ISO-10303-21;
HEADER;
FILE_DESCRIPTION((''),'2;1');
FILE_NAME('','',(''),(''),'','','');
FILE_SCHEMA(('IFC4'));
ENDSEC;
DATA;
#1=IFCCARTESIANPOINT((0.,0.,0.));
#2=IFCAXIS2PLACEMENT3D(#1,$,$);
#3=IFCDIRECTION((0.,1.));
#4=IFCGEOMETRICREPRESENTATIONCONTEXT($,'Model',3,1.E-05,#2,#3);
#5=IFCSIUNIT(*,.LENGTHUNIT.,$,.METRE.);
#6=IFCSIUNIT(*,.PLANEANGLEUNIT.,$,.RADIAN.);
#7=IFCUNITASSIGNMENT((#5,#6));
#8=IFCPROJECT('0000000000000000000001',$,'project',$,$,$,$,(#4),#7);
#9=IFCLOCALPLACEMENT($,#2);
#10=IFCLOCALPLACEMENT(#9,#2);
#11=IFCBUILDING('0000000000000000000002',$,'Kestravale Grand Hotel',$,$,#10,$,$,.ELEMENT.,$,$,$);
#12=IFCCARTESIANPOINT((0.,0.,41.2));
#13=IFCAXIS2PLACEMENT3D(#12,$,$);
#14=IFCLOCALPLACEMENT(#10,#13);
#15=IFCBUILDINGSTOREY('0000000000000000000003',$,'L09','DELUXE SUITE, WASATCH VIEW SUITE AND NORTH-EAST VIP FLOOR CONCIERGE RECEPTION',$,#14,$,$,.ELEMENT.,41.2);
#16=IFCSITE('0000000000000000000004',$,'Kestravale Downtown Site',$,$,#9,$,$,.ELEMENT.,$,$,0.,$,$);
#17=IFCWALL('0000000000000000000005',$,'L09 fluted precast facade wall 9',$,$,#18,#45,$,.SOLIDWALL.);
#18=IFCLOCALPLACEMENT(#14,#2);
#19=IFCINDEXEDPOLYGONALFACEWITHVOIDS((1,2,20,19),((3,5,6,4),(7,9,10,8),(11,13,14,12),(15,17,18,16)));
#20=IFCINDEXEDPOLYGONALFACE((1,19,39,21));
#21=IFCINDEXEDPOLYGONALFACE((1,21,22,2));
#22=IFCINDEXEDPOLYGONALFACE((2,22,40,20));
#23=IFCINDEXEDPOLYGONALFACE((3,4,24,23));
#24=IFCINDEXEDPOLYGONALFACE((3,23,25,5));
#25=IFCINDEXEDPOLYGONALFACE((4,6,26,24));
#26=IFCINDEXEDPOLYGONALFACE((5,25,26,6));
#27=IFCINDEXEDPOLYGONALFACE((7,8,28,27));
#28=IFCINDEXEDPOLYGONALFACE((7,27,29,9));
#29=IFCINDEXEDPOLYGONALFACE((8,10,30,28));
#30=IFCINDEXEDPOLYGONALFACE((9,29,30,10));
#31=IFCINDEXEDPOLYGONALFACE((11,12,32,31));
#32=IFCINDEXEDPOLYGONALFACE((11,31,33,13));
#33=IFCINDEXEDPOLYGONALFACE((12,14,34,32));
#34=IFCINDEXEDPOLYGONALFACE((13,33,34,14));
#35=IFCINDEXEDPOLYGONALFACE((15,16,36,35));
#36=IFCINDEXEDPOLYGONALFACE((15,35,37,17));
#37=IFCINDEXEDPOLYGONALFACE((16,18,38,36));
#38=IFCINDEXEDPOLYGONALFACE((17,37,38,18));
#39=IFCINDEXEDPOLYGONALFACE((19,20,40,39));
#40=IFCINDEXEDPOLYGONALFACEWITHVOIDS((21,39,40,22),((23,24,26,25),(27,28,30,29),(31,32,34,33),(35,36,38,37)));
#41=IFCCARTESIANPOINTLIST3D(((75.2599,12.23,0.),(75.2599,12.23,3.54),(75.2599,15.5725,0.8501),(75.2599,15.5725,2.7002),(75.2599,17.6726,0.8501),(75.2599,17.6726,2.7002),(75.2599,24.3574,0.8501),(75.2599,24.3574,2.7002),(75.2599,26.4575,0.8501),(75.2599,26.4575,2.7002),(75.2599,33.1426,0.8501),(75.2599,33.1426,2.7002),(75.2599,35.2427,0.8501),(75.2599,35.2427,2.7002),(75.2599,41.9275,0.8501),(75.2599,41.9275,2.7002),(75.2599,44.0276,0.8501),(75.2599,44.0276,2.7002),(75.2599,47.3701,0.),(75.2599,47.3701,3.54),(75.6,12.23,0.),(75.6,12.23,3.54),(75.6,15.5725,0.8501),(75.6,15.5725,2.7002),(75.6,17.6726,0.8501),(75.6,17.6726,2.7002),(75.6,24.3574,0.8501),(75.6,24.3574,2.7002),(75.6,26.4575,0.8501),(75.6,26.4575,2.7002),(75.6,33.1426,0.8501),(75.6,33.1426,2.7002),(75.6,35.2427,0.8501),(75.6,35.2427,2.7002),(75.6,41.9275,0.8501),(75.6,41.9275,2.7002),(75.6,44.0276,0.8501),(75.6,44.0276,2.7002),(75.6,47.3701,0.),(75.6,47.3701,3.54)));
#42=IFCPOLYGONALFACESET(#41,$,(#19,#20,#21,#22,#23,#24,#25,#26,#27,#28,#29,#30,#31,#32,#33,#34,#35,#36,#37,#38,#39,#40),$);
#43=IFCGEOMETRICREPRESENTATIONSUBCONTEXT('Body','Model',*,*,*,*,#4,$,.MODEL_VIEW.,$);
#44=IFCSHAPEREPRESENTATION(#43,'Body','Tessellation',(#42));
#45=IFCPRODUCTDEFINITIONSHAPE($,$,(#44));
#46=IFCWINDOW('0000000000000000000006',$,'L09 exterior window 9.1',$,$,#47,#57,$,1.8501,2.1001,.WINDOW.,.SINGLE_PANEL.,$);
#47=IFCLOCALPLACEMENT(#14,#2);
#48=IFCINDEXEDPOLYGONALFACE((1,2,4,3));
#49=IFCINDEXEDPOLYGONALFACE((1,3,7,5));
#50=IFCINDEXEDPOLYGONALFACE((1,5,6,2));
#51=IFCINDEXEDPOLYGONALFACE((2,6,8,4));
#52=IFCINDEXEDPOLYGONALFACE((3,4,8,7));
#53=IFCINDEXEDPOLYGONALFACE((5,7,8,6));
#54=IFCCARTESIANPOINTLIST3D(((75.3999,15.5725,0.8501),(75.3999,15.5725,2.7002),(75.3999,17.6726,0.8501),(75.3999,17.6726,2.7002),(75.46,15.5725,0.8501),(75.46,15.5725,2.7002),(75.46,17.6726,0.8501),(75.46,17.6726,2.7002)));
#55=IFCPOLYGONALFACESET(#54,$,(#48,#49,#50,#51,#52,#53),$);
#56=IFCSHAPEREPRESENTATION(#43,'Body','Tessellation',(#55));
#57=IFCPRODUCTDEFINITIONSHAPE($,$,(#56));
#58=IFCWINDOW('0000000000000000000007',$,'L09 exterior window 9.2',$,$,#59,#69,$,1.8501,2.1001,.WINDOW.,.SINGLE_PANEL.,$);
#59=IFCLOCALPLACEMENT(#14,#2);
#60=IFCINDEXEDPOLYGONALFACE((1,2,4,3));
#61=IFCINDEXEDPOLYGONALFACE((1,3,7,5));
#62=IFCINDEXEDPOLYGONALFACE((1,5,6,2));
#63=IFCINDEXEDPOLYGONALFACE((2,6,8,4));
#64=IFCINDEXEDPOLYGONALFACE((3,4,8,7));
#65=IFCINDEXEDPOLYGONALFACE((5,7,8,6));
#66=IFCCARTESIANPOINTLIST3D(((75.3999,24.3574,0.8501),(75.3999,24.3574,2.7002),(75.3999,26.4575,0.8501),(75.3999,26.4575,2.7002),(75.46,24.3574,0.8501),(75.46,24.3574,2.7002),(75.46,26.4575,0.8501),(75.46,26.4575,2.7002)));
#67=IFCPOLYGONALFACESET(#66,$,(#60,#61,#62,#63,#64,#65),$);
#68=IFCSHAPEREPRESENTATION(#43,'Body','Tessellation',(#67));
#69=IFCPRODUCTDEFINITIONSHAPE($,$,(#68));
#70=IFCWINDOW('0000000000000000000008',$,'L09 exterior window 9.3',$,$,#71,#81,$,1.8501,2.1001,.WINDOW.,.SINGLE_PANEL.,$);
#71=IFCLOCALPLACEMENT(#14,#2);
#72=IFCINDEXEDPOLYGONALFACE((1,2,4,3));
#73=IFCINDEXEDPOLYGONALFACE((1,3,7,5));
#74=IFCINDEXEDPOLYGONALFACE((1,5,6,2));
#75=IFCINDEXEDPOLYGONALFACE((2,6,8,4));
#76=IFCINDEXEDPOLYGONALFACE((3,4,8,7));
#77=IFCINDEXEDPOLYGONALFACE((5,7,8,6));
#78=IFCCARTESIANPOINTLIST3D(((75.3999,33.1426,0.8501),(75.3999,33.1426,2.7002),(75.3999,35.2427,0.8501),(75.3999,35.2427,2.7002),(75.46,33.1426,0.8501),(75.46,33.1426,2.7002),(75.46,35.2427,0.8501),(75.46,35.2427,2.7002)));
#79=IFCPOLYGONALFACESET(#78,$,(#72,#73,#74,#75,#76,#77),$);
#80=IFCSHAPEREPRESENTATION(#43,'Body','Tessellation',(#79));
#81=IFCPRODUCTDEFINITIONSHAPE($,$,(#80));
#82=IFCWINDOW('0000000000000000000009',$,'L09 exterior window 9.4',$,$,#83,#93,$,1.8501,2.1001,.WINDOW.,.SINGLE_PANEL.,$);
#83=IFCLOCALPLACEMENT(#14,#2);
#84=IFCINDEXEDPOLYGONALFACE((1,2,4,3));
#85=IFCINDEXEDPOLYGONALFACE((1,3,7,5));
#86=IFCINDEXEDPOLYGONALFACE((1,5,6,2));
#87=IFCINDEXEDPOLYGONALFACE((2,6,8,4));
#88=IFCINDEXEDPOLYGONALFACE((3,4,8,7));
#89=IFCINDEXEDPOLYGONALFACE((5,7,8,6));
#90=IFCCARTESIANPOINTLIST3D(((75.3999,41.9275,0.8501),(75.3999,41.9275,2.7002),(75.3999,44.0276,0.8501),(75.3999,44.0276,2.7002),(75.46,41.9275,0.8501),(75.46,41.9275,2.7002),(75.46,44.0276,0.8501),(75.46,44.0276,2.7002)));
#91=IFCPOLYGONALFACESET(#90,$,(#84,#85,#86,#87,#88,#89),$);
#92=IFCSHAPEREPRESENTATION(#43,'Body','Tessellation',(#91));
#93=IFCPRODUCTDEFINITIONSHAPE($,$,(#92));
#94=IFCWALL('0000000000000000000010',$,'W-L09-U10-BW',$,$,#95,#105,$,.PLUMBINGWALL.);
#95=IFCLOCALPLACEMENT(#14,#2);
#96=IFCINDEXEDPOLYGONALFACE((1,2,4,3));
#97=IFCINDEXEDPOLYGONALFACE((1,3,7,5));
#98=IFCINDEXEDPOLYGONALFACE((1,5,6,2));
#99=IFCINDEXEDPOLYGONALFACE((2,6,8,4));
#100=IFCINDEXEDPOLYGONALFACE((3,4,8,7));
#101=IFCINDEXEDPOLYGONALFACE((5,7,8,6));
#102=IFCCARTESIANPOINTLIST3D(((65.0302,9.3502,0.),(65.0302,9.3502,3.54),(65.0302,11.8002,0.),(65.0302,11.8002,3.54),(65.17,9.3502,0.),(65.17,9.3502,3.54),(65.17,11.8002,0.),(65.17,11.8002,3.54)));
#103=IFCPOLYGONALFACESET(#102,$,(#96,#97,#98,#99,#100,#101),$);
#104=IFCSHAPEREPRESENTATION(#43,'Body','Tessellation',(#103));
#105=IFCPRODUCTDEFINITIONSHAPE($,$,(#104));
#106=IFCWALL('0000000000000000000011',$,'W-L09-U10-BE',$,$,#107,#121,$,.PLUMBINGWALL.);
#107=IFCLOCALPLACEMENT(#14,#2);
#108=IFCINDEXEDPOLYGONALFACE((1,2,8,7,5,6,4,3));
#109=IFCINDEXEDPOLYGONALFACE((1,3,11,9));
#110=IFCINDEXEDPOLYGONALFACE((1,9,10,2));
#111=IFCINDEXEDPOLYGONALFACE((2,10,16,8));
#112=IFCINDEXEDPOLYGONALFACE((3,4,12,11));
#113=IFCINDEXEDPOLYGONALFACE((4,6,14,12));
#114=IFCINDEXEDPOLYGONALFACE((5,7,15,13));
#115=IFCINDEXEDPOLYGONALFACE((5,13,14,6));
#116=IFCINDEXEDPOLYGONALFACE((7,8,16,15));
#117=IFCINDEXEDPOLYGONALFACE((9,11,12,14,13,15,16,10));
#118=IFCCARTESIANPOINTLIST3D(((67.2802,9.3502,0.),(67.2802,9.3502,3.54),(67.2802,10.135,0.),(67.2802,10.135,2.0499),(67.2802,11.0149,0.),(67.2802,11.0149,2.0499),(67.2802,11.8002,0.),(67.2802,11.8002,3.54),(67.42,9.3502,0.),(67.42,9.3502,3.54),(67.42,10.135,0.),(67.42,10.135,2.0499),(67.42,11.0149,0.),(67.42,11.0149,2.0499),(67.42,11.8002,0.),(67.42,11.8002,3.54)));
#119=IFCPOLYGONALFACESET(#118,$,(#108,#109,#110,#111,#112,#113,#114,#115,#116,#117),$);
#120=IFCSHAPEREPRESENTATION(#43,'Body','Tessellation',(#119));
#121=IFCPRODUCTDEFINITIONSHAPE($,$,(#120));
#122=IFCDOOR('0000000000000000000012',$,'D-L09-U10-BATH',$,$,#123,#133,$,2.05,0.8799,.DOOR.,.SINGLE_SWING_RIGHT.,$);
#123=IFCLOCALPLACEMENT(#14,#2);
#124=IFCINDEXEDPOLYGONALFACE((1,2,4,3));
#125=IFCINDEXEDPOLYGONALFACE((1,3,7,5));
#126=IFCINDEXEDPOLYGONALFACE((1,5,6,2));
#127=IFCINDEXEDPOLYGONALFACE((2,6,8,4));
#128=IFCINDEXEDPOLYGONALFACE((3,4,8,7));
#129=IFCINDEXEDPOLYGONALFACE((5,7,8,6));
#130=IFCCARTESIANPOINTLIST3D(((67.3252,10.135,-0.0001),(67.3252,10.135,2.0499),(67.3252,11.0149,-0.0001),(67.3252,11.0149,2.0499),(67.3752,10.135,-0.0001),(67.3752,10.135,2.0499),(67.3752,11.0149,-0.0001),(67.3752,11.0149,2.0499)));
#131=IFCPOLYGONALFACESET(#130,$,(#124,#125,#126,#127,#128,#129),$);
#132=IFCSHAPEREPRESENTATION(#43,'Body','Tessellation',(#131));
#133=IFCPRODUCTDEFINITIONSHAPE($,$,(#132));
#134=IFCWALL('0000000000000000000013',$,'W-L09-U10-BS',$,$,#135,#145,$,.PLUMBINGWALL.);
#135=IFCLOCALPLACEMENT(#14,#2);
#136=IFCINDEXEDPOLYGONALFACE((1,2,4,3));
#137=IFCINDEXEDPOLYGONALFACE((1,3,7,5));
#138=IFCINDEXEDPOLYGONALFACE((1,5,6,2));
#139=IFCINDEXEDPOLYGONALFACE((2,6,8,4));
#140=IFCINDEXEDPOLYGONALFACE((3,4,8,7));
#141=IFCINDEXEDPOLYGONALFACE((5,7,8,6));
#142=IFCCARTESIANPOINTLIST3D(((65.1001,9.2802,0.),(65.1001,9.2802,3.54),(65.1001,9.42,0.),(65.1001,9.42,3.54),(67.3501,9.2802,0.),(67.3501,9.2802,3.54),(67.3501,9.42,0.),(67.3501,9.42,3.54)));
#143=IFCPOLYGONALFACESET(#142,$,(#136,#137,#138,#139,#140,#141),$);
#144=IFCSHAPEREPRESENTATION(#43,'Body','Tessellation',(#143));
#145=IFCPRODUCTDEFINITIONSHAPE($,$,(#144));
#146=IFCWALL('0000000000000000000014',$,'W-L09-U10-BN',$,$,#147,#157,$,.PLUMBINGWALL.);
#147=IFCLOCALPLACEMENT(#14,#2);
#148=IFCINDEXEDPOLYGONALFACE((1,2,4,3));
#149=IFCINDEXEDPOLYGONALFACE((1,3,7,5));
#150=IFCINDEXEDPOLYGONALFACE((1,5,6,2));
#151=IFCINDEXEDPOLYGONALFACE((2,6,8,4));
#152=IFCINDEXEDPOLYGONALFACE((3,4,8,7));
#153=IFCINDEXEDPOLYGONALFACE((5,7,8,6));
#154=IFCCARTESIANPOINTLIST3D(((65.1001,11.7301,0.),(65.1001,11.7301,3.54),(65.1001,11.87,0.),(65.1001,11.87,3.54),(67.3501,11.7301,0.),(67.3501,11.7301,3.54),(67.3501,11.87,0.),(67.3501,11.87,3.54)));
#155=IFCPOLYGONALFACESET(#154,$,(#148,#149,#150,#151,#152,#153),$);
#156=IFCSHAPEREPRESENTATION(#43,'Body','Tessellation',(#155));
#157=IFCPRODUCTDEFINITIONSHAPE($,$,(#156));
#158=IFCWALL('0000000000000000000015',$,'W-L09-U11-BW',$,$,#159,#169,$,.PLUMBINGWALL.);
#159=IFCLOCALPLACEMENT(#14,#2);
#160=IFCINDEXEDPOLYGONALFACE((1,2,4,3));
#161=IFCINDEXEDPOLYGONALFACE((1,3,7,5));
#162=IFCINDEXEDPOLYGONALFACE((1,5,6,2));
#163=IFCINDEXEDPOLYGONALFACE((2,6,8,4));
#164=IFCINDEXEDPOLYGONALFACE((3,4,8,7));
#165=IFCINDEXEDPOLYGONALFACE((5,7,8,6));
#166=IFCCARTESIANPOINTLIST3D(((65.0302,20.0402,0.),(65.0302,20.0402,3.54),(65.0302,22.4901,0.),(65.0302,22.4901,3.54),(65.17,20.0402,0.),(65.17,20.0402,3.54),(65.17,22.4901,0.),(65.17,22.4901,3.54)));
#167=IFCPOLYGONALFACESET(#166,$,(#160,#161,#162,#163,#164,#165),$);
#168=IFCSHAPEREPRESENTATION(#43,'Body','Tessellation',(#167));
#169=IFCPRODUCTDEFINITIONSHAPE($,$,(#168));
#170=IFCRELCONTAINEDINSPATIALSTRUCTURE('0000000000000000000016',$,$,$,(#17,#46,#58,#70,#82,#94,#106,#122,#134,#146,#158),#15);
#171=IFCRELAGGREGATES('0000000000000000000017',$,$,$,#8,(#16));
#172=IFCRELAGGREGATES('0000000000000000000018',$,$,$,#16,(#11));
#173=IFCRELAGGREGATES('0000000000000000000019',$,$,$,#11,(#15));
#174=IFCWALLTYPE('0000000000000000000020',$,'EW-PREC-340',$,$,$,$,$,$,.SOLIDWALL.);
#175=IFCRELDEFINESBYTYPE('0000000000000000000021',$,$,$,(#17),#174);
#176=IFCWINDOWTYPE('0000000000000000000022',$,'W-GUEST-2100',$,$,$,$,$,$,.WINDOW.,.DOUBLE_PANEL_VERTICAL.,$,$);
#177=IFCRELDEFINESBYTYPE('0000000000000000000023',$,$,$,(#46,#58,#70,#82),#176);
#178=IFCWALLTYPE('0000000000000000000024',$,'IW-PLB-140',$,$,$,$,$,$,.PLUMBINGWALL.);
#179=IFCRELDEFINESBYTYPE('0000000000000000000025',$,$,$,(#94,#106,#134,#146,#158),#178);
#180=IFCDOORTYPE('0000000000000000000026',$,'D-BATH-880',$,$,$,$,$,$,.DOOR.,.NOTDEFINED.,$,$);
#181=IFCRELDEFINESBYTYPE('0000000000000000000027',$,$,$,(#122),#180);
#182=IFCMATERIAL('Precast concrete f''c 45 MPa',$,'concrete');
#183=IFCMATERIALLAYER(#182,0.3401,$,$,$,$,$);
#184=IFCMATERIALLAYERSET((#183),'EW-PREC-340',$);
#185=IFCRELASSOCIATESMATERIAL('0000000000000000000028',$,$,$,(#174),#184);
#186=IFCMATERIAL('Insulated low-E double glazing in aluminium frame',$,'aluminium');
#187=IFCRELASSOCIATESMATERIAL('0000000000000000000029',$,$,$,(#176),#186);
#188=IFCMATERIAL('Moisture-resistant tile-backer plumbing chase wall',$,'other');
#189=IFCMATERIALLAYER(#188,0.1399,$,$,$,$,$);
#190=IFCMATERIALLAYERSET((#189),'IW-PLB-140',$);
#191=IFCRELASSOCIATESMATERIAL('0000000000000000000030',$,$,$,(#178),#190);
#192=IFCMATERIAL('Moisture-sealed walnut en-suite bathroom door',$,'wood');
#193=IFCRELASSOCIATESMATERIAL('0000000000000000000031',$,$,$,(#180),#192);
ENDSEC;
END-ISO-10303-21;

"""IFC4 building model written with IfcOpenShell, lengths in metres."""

from ifc_helpers import new_model, si_unit, direction, frame, frame_2d, origin, place, context, subcontext, project, spatial, rectangle, extrude, material, layer, layer_set, type_object, element, fill, save


model = new_model("IFC4")

# Units and contexts
model_context = context("Model", 3, precision=1e-05, world=origin(), true_north=direction((0.0, 1.0)))
body_context = subcontext(model_context, "Body", "Model", "MODEL_VIEW")
ifc_project = project(units=[si_unit("LENGTHUNIT", "METRE"), si_unit("PLANEANGLEUNIT", "RADIAN")], contexts=[model_context])

# Site, building, storey
site_placement = place(None, origin())
site = spatial("IfcSite", under=ifc_project, at=site_placement, Name="Kestravale Downtown Site", CompositionType="ELEMENT", RefElevation=0.0)
building_placement = place(site_placement, origin())
building = spatial("IfcBuilding", under=site, at=building_placement, Name="Kestravale Grand Hotel", CompositionType="ELEMENT")
storey_placement = place(building_placement, frame((0.0, 0.0, 41.2)))
storey = spatial("IfcBuildingStorey", under=building, at=storey_placement, Name="L09", Description="DELUXE SUITE, WASATCH VIEW SUITE AND NORTH-EAST VIP FLOOR CONCIERGE RECEPTION", CompositionType="ELEMENT", Elevation=41.2)

# Shared definitions
ifc_material_1 = material(Name="Precast concrete f'c 45 MPa", Category="concrete")
ifc_layer_1 = layer(ifc_material_1, 0.3401)
ifc_layer_set_1 = layer_set([ifc_layer_1], Name="EW-PREC-340")
wall_type_1 = type_object("IfcWallType", Name="EW-PREC-340", PredefinedType="SOLIDWALL", material=ifc_layer_set_1)
ifc_material_2 = material(Name="Insulated low-E double glazing in aluminium frame", Category="aluminium")
window_type = type_object("IfcWindowType", Name="W-GUEST-2100", PartitioningType="DOUBLE_PANEL_VERTICAL", PredefinedType="WINDOW", material=ifc_material_2)

# Wall, openings, windows
wall_1_placement = place(storey_placement, frame((75.4299, 12.23, 0.0), z_axis=(0.0, 0.0, 1.0), x_axis=(0.0, 1.0, 0.0)))
wall_1 = element("IfcWall", 1, at=wall_1_placement, inside=storey, type_object=wall_type_1, Name="L09 fluted precast facade wall 9", PredefinedType="SOLIDWALL", context=body_context, shape_type="SweptSolid", body=[
    extrude(rectangle(XDim=35.1401, YDim=0.3401, at=frame_2d((17.5701, 0.0))), origin(), (0.0, 0.0, 1.0), 3.54),
])
opening_1_placement = place(wall_1_placement, frame((3.3425, 0.0, 0.8501)))
opening_1 = element("IfcOpeningElement", 2, at=opening_1_placement, cuts=wall_1, PredefinedType="OPENING", context=body_context, shape_type="SweptSolid", body=[
    extrude(rectangle(XDim=2.1001, YDim=1.8501, at=frame_2d((1.05, 0.925))), frame((0.0, 0.1799, 0.0), z_axis=(0.0, -1.0, 0.0), x_axis=(1.0, 0.0, 0.0)), (0.0, 0.0, 1.0), 0.3601),
])
opening_2_placement = place(wall_1_placement, frame((12.1274, 0.0, 0.8501)))
opening_2 = element("IfcOpeningElement", 3, at=opening_2_placement, cuts=wall_1, PredefinedType="OPENING", context=body_context, shape_type="SweptSolid", body=[
    extrude(rectangle(XDim=2.1001, YDim=1.8501, at=frame_2d((1.05, 0.925))), frame((0.0, 0.1799, 0.0), z_axis=(0.0, -1.0, 0.0), x_axis=(1.0, 0.0, 0.0)), (0.0, 0.0, 1.0), 0.3601),
])
opening_3_placement = place(wall_1_placement, frame((20.9126, 0.0, 0.8501)))
opening_3 = element("IfcOpeningElement", 4, at=opening_3_placement, cuts=wall_1, PredefinedType="OPENING", context=body_context, shape_type="SweptSolid", body=[
    extrude(rectangle(XDim=2.1001, YDim=1.8501, at=frame_2d((1.05, 0.925))), frame((0.0, 0.1799, 0.0), z_axis=(0.0, -1.0, 0.0), x_axis=(1.0, 0.0, 0.0)), (0.0, 0.0, 1.0), 0.3601),
])
opening_4_placement = place(wall_1_placement, frame((29.6975, 0.0, 0.8501)))
opening_4 = element("IfcOpeningElement", 5, at=opening_4_placement, cuts=wall_1, PredefinedType="OPENING", context=body_context, shape_type="SweptSolid", body=[
    extrude(rectangle(XDim=2.1001, YDim=1.8501, at=frame_2d((1.05, 0.925))), frame((0.0, 0.1799, 0.0), z_axis=(0.0, -1.0, 0.0), x_axis=(1.0, 0.0, 0.0)), (0.0, 0.0, 1.0), 0.3601),
])
window_1_placement = place(opening_1_placement, origin())
window_1 = element("IfcWindow", 6, at=window_1_placement, inside=storey, type_object=window_type, Name="L09 exterior window 9.1", OverallHeight=1.8501, OverallWidth=2.1001, PartitioningType="SINGLE_PANEL", PredefinedType="WINDOW", context=body_context, shape_type="SweptSolid", body=[
    extrude(rectangle(XDim=2.1001, YDim=1.8501, at=frame_2d((1.05, 0.925))), frame((0.0, 0.03, 0.0), z_axis=(0.0, -1.0, 0.0), x_axis=(1.0, 0.0, 0.0)), (0.0, 0.0, 1.0), 0.0601),
])
fill(opening_1, window_1)
window_2_placement = place(opening_2_placement, origin())
window_2 = element("IfcWindow", 7, at=window_2_placement, inside=storey, type_object=window_type, Name="L09 exterior window 9.2", OverallHeight=1.8501, OverallWidth=2.1001, PartitioningType="SINGLE_PANEL", PredefinedType="WINDOW", context=body_context, shape_type="SweptSolid", body=[
    extrude(rectangle(XDim=2.1001, YDim=1.8501, at=frame_2d((1.05, 0.925))), frame((0.0, 0.03, 0.0), z_axis=(0.0, -1.0, 0.0), x_axis=(1.0, 0.0, 0.0)), (0.0, 0.0, 1.0), 0.0601),
])
fill(opening_2, window_2)
window_3_placement = place(opening_3_placement, origin())
window_3 = element("IfcWindow", 8, at=window_3_placement, inside=storey, type_object=window_type, Name="L09 exterior window 9.3", OverallHeight=1.8501, OverallWidth=2.1001, PartitioningType="SINGLE_PANEL", PredefinedType="WINDOW", context=body_context, shape_type="SweptSolid", body=[
    extrude(rectangle(XDim=2.1001, YDim=1.8501, at=frame_2d((1.05, 0.925))), frame((0.0, 0.03, 0.0), z_axis=(0.0, -1.0, 0.0), x_axis=(1.0, 0.0, 0.0)), (0.0, 0.0, 1.0), 0.0601),
])
fill(opening_3, window_3)
window_4_placement = place(opening_4_placement, origin())
window_4 = element("IfcWindow", 9, at=window_4_placement, inside=storey, type_object=window_type, Name="L09 exterior window 9.4", OverallHeight=1.8501, OverallWidth=2.1001, PartitioningType="SINGLE_PANEL", PredefinedType="WINDOW", context=body_context, shape_type="SweptSolid", body=[
    extrude(rectangle(XDim=2.1001, YDim=1.8501, at=frame_2d((1.05, 0.925))), frame((0.0, 0.03, 0.0), z_axis=(0.0, -1.0, 0.0), x_axis=(1.0, 0.0, 0.0)), (0.0, 0.0, 1.0), 0.0601),
])
fill(opening_4, window_4)

# Wall
ifc_material_3 = material(Name="Moisture-resistant tile-backer plumbing chase wall", Category="other")
ifc_layer_2 = layer(ifc_material_3, 0.1399)
ifc_layer_set_2 = layer_set([ifc_layer_2], Name="IW-PLB-140")
wall_type_2 = type_object("IfcWallType", Name="IW-PLB-140", PredefinedType="PLUMBINGWALL", material=ifc_layer_set_2)
wall_2_placement = place(storey_placement, frame((65.1001, 9.3501, 0.0), z_axis=(0.0, 0.0, 1.0), x_axis=(0.0, 1.0, 0.0)))
element("IfcWall", 10, at=wall_2_placement, inside=storey, type_object=wall_type_2, Name="W-L09-U10-BW", PredefinedType="PLUMBINGWALL", context=body_context, shape_type="SweptSolid", body=[
    extrude(rectangle(XDim=2.45, YDim=0.1399, at=frame_2d((1.2251, 0.0))), origin(), (0.0, 0.0, 1.0), 3.54),
])

# Wall, opening, door
wall_3_placement = place(storey_placement, frame((67.3501, 9.3501, 0.0), z_axis=(0.0, 0.0, 1.0), x_axis=(0.0, 1.0, 0.0)))
wall_3 = element("IfcWall", 11, at=wall_3_placement, inside=storey, type_object=wall_type_2, Name="W-L09-U10-BE", PredefinedType="PLUMBINGWALL", context=body_context, shape_type="SweptSolid", body=[
    extrude(rectangle(XDim=2.45, YDim=0.1399, at=frame_2d((1.2251, 0.0))), origin(), (0.0, 0.0, 1.0), 3.54),
])
opening_5_placement = place(wall_3_placement, frame((0.7849, 0.0, 0.0)))
opening_5 = element("IfcOpeningElement", 12, at=opening_5_placement, cuts=wall_3, PredefinedType="OPENING", context=body_context, shape_type="SweptSolid", body=[
    extrude(rectangle(XDim=0.8799, YDim=2.05, at=frame_2d((0.4399, 1.0249))), frame((0.0, 0.0798, 0.0), z_axis=(0.0, -1.0, 0.0), x_axis=(1.0, 0.0, 0.0)), (0.0, 0.0, 1.0), 0.1599),
])
ifc_material_4 = material(Name="Moisture-sealed walnut en-suite bathroom door", Category="wood")
door_type = type_object("IfcDoorType", Name="D-BATH-880", OperationType="NOTDEFINED", PredefinedType="DOOR", material=ifc_material_4)
door_1_placement = place(opening_5_placement, origin())
door_1 = element("IfcDoor", 13, at=door_1_placement, inside=storey, type_object=door_type, Name="D-L09-U10-BATH", OperationType="SINGLE_SWING_RIGHT", OverallHeight=2.05, OverallWidth=0.8799, PredefinedType="DOOR", context=body_context, shape_type="SweptSolid", body=[
    extrude(rectangle(XDim=0.8799, YDim=2.05, at=frame_2d((0.4399, 1.0249))), frame((0.0, 0.0249, 0.0), z_axis=(0.0, -1.0, 0.0), x_axis=(1.0, 0.0, 0.0)), (0.0, 0.0, 1.0), 0.05),
])
fill(opening_5, door_1)

# Walls
for number, where, z_axis, x_axis, name in (
    (14, (65.1001, 9.3501, 0.0), (0.0, 0.0, 1.0), (1.0, 0.0, 0.0), "W-L09-U10-BS"),
    (15, (65.1001, 11.8, 0.0), (0.0, 0.0, 1.0), (1.0, 0.0, 0.0), "W-L09-U10-BN"),
):
    element("IfcWall", number, at=place(storey_placement, frame(where, z_axis=z_axis, x_axis=x_axis)), inside=storey, type_object=wall_type_2, Name=name, PredefinedType="PLUMBINGWALL", context=body_context, shape_type="SweptSolid", body=[
        extrude(rectangle(XDim=2.25, YDim=0.1399, at=frame_2d((1.125, 0.0))), origin(), (0.0, 0.0, 1.0), 3.54),
    ])
wall_4_placement = place(storey_placement, frame((65.1001, 20.04, 0.0), z_axis=(0.0, 0.0, 1.0), x_axis=(0.0, 1.0, 0.0)))
element("IfcWall", 16, at=wall_4_placement, inside=storey, type_object=wall_type_2, Name="W-L09-U11-BW", PredefinedType="PLUMBINGWALL", context=body_context, shape_type="SweptSolid", body=[
    extrude(rectangle(XDim=2.45, YDim=0.1399, at=frame_2d((1.2251, 0.0))), origin(), (0.0, 0.0, 1.0), 3.54),
])

save(model, "model.ifc")
